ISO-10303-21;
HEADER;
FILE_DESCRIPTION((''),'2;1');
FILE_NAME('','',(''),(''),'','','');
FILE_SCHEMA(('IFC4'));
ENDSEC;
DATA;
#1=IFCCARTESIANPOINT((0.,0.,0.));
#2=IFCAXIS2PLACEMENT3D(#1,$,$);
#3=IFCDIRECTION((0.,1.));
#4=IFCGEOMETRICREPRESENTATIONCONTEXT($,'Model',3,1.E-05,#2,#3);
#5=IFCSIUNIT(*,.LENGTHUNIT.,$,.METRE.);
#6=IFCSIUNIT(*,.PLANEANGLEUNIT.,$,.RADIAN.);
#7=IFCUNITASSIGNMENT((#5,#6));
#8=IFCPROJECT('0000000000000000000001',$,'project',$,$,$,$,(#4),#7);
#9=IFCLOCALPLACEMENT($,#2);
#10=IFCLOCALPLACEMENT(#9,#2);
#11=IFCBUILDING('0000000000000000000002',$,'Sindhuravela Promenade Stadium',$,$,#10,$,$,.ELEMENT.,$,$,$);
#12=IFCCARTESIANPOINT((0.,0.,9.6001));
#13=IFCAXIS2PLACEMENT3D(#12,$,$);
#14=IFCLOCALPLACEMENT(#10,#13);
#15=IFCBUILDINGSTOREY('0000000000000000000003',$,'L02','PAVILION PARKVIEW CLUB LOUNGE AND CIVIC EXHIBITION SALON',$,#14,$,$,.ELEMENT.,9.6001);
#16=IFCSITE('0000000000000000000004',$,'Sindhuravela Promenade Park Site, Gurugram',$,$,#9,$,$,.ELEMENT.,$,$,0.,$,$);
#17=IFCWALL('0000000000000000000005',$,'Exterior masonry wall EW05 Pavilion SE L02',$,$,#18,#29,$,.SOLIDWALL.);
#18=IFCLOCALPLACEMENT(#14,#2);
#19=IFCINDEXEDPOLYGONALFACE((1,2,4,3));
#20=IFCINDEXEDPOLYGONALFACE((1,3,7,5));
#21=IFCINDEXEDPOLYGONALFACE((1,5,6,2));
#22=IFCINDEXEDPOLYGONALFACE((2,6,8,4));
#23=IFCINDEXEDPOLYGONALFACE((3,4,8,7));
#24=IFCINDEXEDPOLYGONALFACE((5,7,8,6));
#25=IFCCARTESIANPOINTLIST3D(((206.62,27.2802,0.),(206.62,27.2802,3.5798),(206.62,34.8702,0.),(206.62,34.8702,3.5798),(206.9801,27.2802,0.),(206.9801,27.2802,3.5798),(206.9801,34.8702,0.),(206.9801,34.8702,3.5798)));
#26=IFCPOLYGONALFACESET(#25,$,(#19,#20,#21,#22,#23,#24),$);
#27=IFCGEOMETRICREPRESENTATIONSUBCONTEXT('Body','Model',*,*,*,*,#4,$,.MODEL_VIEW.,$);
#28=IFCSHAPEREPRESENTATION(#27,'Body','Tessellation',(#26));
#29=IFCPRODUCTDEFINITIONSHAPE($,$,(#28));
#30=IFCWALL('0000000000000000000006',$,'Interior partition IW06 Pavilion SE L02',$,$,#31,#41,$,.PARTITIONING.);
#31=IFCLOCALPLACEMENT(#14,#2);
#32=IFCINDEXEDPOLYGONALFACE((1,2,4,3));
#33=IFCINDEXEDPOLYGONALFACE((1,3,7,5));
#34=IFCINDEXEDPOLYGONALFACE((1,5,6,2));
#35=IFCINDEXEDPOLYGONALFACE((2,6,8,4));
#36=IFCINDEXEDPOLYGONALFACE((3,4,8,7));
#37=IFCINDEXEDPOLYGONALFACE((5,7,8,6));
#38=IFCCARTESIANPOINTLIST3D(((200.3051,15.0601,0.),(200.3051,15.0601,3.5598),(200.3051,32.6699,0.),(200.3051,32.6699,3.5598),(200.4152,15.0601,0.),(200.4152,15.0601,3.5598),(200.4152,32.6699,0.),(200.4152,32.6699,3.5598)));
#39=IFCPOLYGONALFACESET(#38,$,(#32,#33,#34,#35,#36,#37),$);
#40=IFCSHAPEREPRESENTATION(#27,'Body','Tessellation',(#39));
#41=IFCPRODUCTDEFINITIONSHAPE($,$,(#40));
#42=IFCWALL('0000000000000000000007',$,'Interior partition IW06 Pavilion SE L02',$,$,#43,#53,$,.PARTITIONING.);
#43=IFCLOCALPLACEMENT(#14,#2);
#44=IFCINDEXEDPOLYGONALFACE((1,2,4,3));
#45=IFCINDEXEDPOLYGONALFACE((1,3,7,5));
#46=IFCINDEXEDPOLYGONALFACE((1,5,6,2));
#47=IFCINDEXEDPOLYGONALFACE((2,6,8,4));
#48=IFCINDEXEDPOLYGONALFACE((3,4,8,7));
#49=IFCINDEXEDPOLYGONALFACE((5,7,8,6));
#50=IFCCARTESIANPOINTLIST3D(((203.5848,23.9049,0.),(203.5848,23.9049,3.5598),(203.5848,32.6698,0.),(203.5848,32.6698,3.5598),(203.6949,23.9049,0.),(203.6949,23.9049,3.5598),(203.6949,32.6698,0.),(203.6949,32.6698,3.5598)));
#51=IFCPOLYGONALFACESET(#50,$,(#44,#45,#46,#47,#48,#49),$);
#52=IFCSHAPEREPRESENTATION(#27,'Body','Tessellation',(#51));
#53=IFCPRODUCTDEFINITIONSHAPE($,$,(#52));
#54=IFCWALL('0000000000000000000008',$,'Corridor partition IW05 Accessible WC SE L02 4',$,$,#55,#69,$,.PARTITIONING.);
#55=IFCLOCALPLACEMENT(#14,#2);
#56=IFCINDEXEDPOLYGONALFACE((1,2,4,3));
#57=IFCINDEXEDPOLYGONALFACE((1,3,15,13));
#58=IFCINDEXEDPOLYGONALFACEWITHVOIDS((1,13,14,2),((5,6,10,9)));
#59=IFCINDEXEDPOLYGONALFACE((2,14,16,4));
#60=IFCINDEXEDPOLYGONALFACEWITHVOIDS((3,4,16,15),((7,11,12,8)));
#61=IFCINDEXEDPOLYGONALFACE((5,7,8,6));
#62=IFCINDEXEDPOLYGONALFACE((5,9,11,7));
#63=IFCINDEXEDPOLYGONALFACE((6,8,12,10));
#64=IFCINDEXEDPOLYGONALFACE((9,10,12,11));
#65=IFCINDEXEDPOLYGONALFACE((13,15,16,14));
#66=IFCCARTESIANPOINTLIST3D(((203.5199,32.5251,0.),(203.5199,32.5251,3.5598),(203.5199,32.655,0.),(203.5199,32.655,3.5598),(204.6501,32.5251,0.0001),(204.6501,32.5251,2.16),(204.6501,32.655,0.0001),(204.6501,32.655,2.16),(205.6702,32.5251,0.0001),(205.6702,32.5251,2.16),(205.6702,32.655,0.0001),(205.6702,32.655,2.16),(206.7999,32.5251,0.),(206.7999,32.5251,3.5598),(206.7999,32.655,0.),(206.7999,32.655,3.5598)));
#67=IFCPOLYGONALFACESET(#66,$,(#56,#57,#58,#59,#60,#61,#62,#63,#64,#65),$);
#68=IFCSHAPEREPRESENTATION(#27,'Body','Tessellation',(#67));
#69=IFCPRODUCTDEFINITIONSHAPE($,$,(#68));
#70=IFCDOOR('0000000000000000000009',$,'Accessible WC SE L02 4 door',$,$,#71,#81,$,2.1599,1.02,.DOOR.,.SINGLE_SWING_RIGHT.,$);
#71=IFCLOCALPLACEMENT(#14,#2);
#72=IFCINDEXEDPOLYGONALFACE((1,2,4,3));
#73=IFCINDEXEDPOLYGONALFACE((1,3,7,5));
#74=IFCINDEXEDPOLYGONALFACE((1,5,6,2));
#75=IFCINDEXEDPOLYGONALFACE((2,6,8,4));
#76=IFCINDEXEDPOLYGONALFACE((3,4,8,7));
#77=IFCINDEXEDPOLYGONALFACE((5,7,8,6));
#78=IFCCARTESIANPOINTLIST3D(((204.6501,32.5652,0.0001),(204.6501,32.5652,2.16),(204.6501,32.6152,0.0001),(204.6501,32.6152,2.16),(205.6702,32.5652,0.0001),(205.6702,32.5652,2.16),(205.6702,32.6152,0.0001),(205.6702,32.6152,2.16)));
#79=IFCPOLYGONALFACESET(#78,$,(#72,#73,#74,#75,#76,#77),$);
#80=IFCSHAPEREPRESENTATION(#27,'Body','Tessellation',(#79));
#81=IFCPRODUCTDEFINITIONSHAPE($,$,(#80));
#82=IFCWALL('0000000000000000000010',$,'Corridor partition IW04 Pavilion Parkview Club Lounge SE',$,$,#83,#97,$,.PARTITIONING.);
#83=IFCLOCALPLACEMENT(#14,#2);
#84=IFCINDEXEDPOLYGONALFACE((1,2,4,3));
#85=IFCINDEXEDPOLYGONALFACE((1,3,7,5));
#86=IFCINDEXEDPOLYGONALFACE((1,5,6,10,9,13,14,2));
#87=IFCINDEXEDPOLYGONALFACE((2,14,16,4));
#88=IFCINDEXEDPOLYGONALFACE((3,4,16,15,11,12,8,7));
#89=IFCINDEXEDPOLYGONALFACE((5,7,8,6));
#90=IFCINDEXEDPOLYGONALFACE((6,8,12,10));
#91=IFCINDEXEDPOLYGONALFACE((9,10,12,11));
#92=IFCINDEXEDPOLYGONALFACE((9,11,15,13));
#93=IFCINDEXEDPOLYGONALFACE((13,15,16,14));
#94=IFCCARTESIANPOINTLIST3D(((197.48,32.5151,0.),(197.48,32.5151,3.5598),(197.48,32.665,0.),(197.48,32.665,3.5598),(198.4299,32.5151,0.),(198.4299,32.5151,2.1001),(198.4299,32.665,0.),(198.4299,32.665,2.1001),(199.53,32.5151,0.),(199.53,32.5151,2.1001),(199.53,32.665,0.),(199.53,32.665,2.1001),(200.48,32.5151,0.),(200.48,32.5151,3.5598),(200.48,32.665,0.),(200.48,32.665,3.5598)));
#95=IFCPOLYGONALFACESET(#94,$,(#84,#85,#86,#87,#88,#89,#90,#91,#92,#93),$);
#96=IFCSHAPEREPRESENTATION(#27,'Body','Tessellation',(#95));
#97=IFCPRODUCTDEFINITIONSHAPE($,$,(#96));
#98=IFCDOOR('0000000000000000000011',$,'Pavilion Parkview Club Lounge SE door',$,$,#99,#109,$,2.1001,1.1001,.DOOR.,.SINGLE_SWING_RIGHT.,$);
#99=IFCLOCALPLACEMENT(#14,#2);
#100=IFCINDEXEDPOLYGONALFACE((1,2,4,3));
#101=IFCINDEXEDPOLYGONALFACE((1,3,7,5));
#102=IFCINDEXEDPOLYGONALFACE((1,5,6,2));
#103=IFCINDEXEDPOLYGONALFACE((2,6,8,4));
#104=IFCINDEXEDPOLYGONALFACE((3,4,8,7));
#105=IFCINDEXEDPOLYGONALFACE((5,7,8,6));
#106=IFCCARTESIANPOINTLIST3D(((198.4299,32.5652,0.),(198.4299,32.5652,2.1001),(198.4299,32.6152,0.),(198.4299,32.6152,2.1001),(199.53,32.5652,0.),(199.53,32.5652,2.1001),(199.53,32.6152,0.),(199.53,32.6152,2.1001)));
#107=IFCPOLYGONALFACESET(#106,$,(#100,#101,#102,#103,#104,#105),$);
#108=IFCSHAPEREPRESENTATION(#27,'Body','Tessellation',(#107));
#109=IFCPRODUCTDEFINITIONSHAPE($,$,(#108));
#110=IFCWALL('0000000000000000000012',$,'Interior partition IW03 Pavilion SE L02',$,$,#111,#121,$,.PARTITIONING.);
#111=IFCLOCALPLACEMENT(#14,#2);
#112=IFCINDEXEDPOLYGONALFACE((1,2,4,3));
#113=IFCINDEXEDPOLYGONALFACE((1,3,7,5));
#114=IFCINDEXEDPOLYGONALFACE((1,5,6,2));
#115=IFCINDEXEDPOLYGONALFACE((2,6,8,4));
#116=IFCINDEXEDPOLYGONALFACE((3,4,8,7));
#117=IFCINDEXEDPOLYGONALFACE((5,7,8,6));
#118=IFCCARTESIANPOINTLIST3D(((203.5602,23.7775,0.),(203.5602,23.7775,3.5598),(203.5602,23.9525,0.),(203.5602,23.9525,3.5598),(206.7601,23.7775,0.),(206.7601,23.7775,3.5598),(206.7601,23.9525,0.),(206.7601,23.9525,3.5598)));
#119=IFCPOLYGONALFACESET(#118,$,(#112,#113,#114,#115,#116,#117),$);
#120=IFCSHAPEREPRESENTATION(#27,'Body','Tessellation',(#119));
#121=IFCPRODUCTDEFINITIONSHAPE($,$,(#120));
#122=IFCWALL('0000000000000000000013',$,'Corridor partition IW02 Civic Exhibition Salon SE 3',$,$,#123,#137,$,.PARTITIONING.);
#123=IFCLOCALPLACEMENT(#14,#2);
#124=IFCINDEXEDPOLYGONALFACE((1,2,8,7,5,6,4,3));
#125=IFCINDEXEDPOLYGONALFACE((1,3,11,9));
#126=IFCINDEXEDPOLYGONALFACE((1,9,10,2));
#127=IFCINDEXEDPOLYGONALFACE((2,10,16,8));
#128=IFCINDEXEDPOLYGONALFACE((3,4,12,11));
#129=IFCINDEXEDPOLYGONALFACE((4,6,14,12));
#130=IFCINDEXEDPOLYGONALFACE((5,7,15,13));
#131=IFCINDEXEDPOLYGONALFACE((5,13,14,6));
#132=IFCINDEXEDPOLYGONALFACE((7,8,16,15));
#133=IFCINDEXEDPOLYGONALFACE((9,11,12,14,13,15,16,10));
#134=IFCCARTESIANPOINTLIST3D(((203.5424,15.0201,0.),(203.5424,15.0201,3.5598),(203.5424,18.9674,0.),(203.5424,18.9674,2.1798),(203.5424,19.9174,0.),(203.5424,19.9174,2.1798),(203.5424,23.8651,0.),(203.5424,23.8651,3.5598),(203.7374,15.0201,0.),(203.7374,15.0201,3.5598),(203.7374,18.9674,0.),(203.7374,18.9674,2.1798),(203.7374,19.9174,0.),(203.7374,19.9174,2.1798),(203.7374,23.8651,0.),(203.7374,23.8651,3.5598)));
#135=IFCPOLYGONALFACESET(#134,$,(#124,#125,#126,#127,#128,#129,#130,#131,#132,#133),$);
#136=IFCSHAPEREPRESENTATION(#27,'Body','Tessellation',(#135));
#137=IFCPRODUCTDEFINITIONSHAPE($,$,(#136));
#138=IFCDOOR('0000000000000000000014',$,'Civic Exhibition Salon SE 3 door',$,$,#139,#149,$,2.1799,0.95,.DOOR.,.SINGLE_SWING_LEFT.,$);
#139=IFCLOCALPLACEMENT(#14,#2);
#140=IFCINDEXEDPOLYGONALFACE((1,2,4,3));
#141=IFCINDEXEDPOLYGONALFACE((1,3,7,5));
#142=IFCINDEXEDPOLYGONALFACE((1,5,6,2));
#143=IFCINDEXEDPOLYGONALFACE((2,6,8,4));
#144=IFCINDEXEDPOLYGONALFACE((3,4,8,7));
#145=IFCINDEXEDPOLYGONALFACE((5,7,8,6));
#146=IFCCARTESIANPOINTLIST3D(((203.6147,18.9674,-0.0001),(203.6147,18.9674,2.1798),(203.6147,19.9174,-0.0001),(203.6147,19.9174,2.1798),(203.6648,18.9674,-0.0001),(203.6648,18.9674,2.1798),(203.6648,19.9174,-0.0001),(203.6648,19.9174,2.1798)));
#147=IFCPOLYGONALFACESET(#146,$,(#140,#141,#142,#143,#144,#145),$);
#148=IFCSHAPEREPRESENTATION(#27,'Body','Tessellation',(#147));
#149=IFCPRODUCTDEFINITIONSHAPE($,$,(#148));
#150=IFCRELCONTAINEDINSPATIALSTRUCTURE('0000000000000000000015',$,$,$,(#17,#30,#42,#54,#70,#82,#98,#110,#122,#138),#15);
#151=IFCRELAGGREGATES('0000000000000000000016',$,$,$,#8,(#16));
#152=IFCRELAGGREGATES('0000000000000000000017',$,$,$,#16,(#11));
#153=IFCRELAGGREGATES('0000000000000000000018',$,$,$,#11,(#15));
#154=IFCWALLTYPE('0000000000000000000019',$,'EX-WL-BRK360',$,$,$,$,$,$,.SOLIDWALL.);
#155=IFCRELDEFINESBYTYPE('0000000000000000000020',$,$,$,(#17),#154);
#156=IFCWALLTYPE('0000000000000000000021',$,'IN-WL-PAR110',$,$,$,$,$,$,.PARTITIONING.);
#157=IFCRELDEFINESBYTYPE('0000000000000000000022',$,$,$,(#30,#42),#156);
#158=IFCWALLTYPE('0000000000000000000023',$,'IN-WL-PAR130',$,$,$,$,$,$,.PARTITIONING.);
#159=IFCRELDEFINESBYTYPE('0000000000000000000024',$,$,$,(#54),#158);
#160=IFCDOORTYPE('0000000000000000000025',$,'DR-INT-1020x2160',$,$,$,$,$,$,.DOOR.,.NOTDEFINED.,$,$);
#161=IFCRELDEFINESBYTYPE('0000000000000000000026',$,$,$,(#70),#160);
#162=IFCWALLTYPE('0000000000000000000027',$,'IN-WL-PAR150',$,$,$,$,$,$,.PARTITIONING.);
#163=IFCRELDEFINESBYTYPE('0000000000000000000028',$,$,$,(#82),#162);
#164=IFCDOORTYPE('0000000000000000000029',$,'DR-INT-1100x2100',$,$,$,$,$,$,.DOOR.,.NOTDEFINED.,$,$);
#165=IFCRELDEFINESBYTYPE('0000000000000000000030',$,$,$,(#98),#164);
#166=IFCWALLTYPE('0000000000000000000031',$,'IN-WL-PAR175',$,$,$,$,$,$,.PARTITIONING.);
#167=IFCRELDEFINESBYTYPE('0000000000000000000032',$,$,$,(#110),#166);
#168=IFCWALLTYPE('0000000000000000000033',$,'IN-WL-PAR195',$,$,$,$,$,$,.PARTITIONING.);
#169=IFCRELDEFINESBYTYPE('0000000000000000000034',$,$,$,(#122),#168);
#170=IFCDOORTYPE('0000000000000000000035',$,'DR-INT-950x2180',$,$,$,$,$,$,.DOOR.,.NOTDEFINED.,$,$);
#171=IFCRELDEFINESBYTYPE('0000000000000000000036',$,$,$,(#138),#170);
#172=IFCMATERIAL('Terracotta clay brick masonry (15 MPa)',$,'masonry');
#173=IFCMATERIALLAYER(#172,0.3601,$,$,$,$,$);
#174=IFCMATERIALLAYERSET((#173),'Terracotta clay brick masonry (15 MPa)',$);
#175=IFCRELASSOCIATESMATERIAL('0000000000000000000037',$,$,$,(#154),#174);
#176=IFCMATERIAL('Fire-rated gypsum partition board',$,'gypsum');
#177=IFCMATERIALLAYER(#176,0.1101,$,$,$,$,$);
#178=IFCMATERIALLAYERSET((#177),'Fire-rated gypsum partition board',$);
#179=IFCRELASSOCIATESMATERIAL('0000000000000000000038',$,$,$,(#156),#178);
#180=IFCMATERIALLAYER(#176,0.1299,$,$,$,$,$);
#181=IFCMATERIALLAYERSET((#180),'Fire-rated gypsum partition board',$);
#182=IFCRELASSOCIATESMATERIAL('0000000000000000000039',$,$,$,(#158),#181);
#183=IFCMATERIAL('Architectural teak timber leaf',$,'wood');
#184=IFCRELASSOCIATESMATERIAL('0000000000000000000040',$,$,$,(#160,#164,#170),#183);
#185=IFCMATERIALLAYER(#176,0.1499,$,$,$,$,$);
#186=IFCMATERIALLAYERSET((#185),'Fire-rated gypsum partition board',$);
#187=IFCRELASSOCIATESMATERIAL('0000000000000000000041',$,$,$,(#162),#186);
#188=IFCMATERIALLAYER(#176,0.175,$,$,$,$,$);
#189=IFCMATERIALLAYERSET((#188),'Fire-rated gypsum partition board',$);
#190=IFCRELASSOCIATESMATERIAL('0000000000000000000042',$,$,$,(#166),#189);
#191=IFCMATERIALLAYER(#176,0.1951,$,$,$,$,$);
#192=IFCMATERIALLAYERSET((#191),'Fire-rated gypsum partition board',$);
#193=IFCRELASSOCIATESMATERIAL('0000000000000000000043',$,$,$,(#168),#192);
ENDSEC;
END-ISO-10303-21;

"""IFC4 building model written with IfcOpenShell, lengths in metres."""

from ifc_helpers import new_model, si_unit, direction, frame, frame_2d, origin, place, context, subcontext, project, spatial, rectangle, extrude, material, layer, layer_set, type_object, element, fill, save


model = new_model("IFC4")

# Units and contexts
model_context = context("Model", 3, precision=1e-05, world=origin(), true_north=direction((0.0, 1.0)))
body_context = subcontext(model_context, "Body", "Model", "MODEL_VIEW")
ifc_project = project(units=[si_unit("LENGTHUNIT", "METRE"), si_unit("PLANEANGLEUNIT", "RADIAN")], contexts=[model_context])

# Site, building, storey
site_placement = place(None, origin())
site = spatial("IfcSite", under=ifc_project, at=site_placement, Name="Sindhuravela Promenade Park Site, Gurugram", CompositionType="ELEMENT", RefElevation=0.0)
building_placement = place(site_placement, origin())
building = spatial("IfcBuilding", under=site, at=building_placement, Name="Sindhuravela Promenade Stadium", CompositionType="ELEMENT")
storey_placement = place(building_placement, frame((0.0, 0.0, 9.6001)))
storey = spatial("IfcBuildingStorey", under=building, at=storey_placement, Name="L02", Description="PAVILION PARKVIEW CLUB LOUNGE AND CIVIC EXHIBITION SALON", CompositionType="ELEMENT", Elevation=9.6001)

# Walls
ifc_material_1 = material(Name="Terracotta clay brick masonry (15 MPa)", Category="masonry")
ifc_layer_1 = layer(ifc_material_1, 0.3601)
ifc_layer_set_1 = layer_set([ifc_layer_1], Name="Terracotta clay brick masonry (15 MPa)")
wall_type_1 = type_object("IfcWallType", Name="EX-WL-BRK360", PredefinedType="SOLIDWALL", material=ifc_layer_set_1)
wall_1_placement = place(storey_placement, frame((206.8, 34.8701, 0.0), z_axis=(0.0, 0.0, 1.0), x_axis=(0.0, -1.0, 0.0)))
element("IfcWall", 1, at=wall_1_placement, inside=storey, type_object=wall_type_1, Name="Exterior masonry wall EW05 Pavilion SE L02", PredefinedType="SOLIDWALL", context=body_context, shape_type="SweptSolid", body=[
    extrude(rectangle(XDim=7.5901, YDim=0.3601, at=frame_2d((3.7949, 0.0))), origin(), (0.0, 0.0, 1.0), 3.5798),
])
ifc_material_2 = material(Name="Fire-rated gypsum partition board", Category="gypsum")
ifc_layer_2 = layer(ifc_material_2, 0.1101)
ifc_layer_set_2 = layer_set([ifc_layer_2], Name="Fire-rated gypsum partition board")
wall_type_2 = type_object("IfcWallType", Name="IN-WL-PAR110", PredefinedType="PARTITIONING", material=ifc_layer_set_2)
wall_2_placement = place(storey_placement, frame((200.3601, 32.6699, 0.0), z_axis=(0.0, 0.0, 1.0), x_axis=(0.0, -1.0, 0.0)))
element("IfcWall", 2, at=wall_2_placement, inside=storey, type_object=wall_type_2, Name="Interior partition IW06 Pavilion SE L02", PredefinedType="PARTITIONING", context=body_context, shape_type="SweptSolid", body=[
    extrude(rectangle(XDim=17.6099, YDim=0.1101, at=frame_2d((8.8049, 0.0))), origin(), (0.0, 0.0, 1.0), 3.5598),
])
wall_3_placement = place(storey_placement, frame((203.6399, 23.905, 0.0), z_axis=(0.0, 0.0, 1.0), x_axis=(0.0, 1.0, 0.0)))
element("IfcWall", 3, at=wall_3_placement, inside=storey, type_object=wall_type_2, Name="Interior partition IW06 Pavilion SE L02", PredefinedType="PARTITIONING", context=body_context, shape_type="SweptSolid", body=[
    extrude(rectangle(XDim=8.7649, YDim=0.1101, at=frame_2d((4.3823, 0.0))), origin(), (0.0, 0.0, 1.0), 3.5598),
])

# Walls, openings, doors
ifc_layer_3 = layer(ifc_material_2, 0.1299)
ifc_layer_set_3 = layer_set([ifc_layer_3], Name="Fire-rated gypsum partition board")
wall_type_3 = type_object("IfcWallType", Name="IN-WL-PAR130", PredefinedType="PARTITIONING", material=ifc_layer_set_3)
wall_4_placement = place(storey_placement, frame((206.8, 32.5901, 0.0), z_axis=(0.0, 0.0, 1.0), x_axis=(-1.0, 0.0, 0.0)))
wall_4 = element("IfcWall", 4, at=wall_4_placement, inside=storey, type_object=wall_type_3, Name="Corridor partition IW05 Accessible WC SE L02 4", PredefinedType="PARTITIONING", context=body_context, shape_type="SweptSolid", body=[
    extrude(rectangle(XDim=3.28, YDim=0.1299, at=frame_2d((1.6401, 0.0))), origin(), (0.0, 0.0, 1.0), 3.5598),
])
opening_1_placement = place(wall_4_placement, frame((1.1299, 0.0, 0.0)))
opening_1 = element("IfcOpeningElement", 5, at=opening_1_placement, cuts=wall_4, PredefinedType="OPENING", context=body_context, shape_type="SweptSolid", body=[
    extrude(rectangle(XDim=1.02, YDim=2.1599, at=frame_2d((0.51, 1.0801))), frame((0.0, 0.075, 0.0), z_axis=(0.0, -1.0, 0.0), x_axis=(1.0, 0.0, 0.0)), (0.0, 0.0, 1.0), 0.1499),
])
ifc_material_3 = material(Name="Architectural teak timber leaf", Category="wood")
door_type_1 = type_object("IfcDoorType", Name="DR-INT-1020x2160", OperationType="NOTDEFINED", PredefinedType="DOOR", material=ifc_material_3)
door_1_placement = place(opening_1_placement, origin())
door_1 = element("IfcDoor", 6, at=door_1_placement, inside=storey, type_object=door_type_1, Name="Accessible WC SE L02 4 door", OperationType="SINGLE_SWING_RIGHT", OverallHeight=2.1599, OverallWidth=1.02, PredefinedType="DOOR", context=body_context, shape_type="SweptSolid", body=[
    extrude(rectangle(XDim=1.02, YDim=2.1599, at=frame_2d((0.51, 1.0801))), frame((0.0, 0.0249, 0.0), z_axis=(0.0, -1.0, 0.0), x_axis=(1.0, 0.0, 0.0)), (0.0, 0.0, 1.0), 0.05),
])
fill(opening_1, door_1)
ifc_layer_4 = layer(ifc_material_2, 0.1499)
ifc_layer_set_4 = layer_set([ifc_layer_4], Name="Fire-rated gypsum partition board")
wall_type_4 = type_object("IfcWallType", Name="IN-WL-PAR150", PredefinedType="PARTITIONING", material=ifc_layer_set_4)
wall_5_placement = place(storey_placement, frame((200.48, 32.5901, 0.0), z_axis=(0.0, 0.0, 1.0), x_axis=(-1.0, 0.0, 0.0)))
wall_5 = element("IfcWall", 7, at=wall_5_placement, inside=storey, type_object=wall_type_4, Name="Corridor partition IW04 Pavilion Parkview Club Lounge SE", PredefinedType="PARTITIONING", context=body_context, shape_type="SweptSolid", body=[
    extrude(rectangle(XDim=3.0, YDim=0.1499, at=frame_2d((1.5, 0.0))), origin(), (0.0, 0.0, 1.0), 3.5598),
])
opening_2_placement = place(wall_5_placement, frame((0.95, 0.0, 0.0)))
opening_2 = element("IfcOpeningElement", 8, at=opening_2_placement, cuts=wall_5, PredefinedType="OPENING", context=body_context, shape_type="SweptSolid", body=[
    extrude(rectangle(XDim=1.1001, YDim=2.1001, at=frame_2d((0.55, 1.05))), frame((0.0, 0.085, 0.0), z_axis=(0.0, -1.0, 0.0), x_axis=(1.0, 0.0, 0.0)), (0.0, 0.0, 1.0), 0.1699),
])
door_type_2 = type_object("IfcDoorType", Name="DR-INT-1100x2100", OperationType="NOTDEFINED", PredefinedType="DOOR", material=ifc_material_3)
door_2_placement = place(opening_2_placement, origin())
door_2 = element("IfcDoor", 9, at=door_2_placement, inside=storey, type_object=door_type_2, Name="Pavilion Parkview Club Lounge SE door", OperationType="SINGLE_SWING_RIGHT", OverallHeight=2.1001, OverallWidth=1.1001, PredefinedType="DOOR", context=body_context, shape_type="SweptSolid", body=[
    extrude(rectangle(XDim=1.1001, YDim=2.1001, at=frame_2d((0.55, 1.05))), frame((0.0, 0.0249, 0.0), z_axis=(0.0, -1.0, 0.0), x_axis=(1.0, 0.0, 0.0)), (0.0, 0.0, 1.0), 0.05),
])
fill(opening_2, door_2)

# Wall
ifc_layer_5 = layer(ifc_material_2, 0.175)
ifc_layer_set_5 = layer_set([ifc_layer_5], Name="Fire-rated gypsum partition board")
wall_type_5 = type_object("IfcWallType", Name="IN-WL-PAR175", PredefinedType="PARTITIONING", material=ifc_layer_set_5)
wall_6_placement = place(storey_placement, frame((203.5601, 23.865, 0.0), z_axis=(0.0, 0.0, 1.0), x_axis=(1.0, 0.0, 0.0)))
element("IfcWall", 10, at=wall_6_placement, inside=storey, type_object=wall_type_5, Name="Interior partition IW03 Pavilion SE L02", PredefinedType="PARTITIONING", context=body_context, shape_type="SweptSolid", body=[
    extrude(rectangle(XDim=3.2, YDim=0.175, at=frame_2d((1.6001, 0.0))), origin(), (0.0, 0.0, 1.0), 3.5598),
])

# Wall, opening, door
ifc_layer_6 = layer(ifc_material_2, 0.1951)
ifc_layer_set_6 = layer_set([ifc_layer_6], Name="Fire-rated gypsum partition board")
wall_type_6 = type_object("IfcWallType", Name="IN-WL-PAR195", PredefinedType="PARTITIONING", material=ifc_layer_set_6)
wall_7_placement = place(storey_placement, frame((203.6399, 23.865, 0.0), z_axis=(0.0, 0.0, 1.0), x_axis=(0.0, -1.0, 0.0)))
wall_7 = element("IfcWall", 11, at=wall_7_placement, inside=storey, type_object=wall_type_6, Name="Corridor partition IW02 Civic Exhibition Salon SE 3", PredefinedType="PARTITIONING", context=body_context, shape_type="SweptSolid", body=[
    extrude(rectangle(XDim=8.845, YDim=0.1951, at=frame_2d((4.4224, 0.0))), origin(), (0.0, 0.0, 1.0), 3.5598),
])
opening_3_placement = place(wall_7_placement, frame((3.9475, 0.0, 0.0)))
opening_3 = element("IfcOpeningElement", 12, at=opening_3_placement, cuts=wall_7, PredefinedType="OPENING", context=body_context, shape_type="SweptSolid", body=[
    extrude(rectangle(XDim=0.95, YDim=2.1799, at=frame_2d((0.4751, 1.0898))), frame((0.0, 0.1074, 0.0), z_axis=(0.0, -1.0, 0.0), x_axis=(1.0, 0.0, 0.0)), (0.0, 0.0, 1.0), 0.2151),
])
door_type_3 = type_object("IfcDoorType", Name="DR-INT-950x2180", OperationType="NOTDEFINED", PredefinedType="DOOR", material=ifc_material_3)
door_3_placement = place(opening_3_placement, origin())
door_3 = element("IfcDoor", 13, at=door_3_placement, inside=storey, type_object=door_type_3, Name="Civic Exhibition Salon SE 3 door", OperationType="SINGLE_SWING_LEFT", OverallHeight=2.1799, OverallWidth=0.95, PredefinedType="DOOR", context=body_context, shape_type="SweptSolid", body=[
    extrude(rectangle(XDim=0.95, YDim=2.1799, at=frame_2d((0.4751, 1.0898))), frame((0.0, 0.0249, 0.0), z_axis=(0.0, -1.0, 0.0), x_axis=(1.0, 0.0, 0.0)), (0.0, 0.0, 1.0), 0.05),
])
fill(opening_3, door_3)

save(model, "model.ifc")
